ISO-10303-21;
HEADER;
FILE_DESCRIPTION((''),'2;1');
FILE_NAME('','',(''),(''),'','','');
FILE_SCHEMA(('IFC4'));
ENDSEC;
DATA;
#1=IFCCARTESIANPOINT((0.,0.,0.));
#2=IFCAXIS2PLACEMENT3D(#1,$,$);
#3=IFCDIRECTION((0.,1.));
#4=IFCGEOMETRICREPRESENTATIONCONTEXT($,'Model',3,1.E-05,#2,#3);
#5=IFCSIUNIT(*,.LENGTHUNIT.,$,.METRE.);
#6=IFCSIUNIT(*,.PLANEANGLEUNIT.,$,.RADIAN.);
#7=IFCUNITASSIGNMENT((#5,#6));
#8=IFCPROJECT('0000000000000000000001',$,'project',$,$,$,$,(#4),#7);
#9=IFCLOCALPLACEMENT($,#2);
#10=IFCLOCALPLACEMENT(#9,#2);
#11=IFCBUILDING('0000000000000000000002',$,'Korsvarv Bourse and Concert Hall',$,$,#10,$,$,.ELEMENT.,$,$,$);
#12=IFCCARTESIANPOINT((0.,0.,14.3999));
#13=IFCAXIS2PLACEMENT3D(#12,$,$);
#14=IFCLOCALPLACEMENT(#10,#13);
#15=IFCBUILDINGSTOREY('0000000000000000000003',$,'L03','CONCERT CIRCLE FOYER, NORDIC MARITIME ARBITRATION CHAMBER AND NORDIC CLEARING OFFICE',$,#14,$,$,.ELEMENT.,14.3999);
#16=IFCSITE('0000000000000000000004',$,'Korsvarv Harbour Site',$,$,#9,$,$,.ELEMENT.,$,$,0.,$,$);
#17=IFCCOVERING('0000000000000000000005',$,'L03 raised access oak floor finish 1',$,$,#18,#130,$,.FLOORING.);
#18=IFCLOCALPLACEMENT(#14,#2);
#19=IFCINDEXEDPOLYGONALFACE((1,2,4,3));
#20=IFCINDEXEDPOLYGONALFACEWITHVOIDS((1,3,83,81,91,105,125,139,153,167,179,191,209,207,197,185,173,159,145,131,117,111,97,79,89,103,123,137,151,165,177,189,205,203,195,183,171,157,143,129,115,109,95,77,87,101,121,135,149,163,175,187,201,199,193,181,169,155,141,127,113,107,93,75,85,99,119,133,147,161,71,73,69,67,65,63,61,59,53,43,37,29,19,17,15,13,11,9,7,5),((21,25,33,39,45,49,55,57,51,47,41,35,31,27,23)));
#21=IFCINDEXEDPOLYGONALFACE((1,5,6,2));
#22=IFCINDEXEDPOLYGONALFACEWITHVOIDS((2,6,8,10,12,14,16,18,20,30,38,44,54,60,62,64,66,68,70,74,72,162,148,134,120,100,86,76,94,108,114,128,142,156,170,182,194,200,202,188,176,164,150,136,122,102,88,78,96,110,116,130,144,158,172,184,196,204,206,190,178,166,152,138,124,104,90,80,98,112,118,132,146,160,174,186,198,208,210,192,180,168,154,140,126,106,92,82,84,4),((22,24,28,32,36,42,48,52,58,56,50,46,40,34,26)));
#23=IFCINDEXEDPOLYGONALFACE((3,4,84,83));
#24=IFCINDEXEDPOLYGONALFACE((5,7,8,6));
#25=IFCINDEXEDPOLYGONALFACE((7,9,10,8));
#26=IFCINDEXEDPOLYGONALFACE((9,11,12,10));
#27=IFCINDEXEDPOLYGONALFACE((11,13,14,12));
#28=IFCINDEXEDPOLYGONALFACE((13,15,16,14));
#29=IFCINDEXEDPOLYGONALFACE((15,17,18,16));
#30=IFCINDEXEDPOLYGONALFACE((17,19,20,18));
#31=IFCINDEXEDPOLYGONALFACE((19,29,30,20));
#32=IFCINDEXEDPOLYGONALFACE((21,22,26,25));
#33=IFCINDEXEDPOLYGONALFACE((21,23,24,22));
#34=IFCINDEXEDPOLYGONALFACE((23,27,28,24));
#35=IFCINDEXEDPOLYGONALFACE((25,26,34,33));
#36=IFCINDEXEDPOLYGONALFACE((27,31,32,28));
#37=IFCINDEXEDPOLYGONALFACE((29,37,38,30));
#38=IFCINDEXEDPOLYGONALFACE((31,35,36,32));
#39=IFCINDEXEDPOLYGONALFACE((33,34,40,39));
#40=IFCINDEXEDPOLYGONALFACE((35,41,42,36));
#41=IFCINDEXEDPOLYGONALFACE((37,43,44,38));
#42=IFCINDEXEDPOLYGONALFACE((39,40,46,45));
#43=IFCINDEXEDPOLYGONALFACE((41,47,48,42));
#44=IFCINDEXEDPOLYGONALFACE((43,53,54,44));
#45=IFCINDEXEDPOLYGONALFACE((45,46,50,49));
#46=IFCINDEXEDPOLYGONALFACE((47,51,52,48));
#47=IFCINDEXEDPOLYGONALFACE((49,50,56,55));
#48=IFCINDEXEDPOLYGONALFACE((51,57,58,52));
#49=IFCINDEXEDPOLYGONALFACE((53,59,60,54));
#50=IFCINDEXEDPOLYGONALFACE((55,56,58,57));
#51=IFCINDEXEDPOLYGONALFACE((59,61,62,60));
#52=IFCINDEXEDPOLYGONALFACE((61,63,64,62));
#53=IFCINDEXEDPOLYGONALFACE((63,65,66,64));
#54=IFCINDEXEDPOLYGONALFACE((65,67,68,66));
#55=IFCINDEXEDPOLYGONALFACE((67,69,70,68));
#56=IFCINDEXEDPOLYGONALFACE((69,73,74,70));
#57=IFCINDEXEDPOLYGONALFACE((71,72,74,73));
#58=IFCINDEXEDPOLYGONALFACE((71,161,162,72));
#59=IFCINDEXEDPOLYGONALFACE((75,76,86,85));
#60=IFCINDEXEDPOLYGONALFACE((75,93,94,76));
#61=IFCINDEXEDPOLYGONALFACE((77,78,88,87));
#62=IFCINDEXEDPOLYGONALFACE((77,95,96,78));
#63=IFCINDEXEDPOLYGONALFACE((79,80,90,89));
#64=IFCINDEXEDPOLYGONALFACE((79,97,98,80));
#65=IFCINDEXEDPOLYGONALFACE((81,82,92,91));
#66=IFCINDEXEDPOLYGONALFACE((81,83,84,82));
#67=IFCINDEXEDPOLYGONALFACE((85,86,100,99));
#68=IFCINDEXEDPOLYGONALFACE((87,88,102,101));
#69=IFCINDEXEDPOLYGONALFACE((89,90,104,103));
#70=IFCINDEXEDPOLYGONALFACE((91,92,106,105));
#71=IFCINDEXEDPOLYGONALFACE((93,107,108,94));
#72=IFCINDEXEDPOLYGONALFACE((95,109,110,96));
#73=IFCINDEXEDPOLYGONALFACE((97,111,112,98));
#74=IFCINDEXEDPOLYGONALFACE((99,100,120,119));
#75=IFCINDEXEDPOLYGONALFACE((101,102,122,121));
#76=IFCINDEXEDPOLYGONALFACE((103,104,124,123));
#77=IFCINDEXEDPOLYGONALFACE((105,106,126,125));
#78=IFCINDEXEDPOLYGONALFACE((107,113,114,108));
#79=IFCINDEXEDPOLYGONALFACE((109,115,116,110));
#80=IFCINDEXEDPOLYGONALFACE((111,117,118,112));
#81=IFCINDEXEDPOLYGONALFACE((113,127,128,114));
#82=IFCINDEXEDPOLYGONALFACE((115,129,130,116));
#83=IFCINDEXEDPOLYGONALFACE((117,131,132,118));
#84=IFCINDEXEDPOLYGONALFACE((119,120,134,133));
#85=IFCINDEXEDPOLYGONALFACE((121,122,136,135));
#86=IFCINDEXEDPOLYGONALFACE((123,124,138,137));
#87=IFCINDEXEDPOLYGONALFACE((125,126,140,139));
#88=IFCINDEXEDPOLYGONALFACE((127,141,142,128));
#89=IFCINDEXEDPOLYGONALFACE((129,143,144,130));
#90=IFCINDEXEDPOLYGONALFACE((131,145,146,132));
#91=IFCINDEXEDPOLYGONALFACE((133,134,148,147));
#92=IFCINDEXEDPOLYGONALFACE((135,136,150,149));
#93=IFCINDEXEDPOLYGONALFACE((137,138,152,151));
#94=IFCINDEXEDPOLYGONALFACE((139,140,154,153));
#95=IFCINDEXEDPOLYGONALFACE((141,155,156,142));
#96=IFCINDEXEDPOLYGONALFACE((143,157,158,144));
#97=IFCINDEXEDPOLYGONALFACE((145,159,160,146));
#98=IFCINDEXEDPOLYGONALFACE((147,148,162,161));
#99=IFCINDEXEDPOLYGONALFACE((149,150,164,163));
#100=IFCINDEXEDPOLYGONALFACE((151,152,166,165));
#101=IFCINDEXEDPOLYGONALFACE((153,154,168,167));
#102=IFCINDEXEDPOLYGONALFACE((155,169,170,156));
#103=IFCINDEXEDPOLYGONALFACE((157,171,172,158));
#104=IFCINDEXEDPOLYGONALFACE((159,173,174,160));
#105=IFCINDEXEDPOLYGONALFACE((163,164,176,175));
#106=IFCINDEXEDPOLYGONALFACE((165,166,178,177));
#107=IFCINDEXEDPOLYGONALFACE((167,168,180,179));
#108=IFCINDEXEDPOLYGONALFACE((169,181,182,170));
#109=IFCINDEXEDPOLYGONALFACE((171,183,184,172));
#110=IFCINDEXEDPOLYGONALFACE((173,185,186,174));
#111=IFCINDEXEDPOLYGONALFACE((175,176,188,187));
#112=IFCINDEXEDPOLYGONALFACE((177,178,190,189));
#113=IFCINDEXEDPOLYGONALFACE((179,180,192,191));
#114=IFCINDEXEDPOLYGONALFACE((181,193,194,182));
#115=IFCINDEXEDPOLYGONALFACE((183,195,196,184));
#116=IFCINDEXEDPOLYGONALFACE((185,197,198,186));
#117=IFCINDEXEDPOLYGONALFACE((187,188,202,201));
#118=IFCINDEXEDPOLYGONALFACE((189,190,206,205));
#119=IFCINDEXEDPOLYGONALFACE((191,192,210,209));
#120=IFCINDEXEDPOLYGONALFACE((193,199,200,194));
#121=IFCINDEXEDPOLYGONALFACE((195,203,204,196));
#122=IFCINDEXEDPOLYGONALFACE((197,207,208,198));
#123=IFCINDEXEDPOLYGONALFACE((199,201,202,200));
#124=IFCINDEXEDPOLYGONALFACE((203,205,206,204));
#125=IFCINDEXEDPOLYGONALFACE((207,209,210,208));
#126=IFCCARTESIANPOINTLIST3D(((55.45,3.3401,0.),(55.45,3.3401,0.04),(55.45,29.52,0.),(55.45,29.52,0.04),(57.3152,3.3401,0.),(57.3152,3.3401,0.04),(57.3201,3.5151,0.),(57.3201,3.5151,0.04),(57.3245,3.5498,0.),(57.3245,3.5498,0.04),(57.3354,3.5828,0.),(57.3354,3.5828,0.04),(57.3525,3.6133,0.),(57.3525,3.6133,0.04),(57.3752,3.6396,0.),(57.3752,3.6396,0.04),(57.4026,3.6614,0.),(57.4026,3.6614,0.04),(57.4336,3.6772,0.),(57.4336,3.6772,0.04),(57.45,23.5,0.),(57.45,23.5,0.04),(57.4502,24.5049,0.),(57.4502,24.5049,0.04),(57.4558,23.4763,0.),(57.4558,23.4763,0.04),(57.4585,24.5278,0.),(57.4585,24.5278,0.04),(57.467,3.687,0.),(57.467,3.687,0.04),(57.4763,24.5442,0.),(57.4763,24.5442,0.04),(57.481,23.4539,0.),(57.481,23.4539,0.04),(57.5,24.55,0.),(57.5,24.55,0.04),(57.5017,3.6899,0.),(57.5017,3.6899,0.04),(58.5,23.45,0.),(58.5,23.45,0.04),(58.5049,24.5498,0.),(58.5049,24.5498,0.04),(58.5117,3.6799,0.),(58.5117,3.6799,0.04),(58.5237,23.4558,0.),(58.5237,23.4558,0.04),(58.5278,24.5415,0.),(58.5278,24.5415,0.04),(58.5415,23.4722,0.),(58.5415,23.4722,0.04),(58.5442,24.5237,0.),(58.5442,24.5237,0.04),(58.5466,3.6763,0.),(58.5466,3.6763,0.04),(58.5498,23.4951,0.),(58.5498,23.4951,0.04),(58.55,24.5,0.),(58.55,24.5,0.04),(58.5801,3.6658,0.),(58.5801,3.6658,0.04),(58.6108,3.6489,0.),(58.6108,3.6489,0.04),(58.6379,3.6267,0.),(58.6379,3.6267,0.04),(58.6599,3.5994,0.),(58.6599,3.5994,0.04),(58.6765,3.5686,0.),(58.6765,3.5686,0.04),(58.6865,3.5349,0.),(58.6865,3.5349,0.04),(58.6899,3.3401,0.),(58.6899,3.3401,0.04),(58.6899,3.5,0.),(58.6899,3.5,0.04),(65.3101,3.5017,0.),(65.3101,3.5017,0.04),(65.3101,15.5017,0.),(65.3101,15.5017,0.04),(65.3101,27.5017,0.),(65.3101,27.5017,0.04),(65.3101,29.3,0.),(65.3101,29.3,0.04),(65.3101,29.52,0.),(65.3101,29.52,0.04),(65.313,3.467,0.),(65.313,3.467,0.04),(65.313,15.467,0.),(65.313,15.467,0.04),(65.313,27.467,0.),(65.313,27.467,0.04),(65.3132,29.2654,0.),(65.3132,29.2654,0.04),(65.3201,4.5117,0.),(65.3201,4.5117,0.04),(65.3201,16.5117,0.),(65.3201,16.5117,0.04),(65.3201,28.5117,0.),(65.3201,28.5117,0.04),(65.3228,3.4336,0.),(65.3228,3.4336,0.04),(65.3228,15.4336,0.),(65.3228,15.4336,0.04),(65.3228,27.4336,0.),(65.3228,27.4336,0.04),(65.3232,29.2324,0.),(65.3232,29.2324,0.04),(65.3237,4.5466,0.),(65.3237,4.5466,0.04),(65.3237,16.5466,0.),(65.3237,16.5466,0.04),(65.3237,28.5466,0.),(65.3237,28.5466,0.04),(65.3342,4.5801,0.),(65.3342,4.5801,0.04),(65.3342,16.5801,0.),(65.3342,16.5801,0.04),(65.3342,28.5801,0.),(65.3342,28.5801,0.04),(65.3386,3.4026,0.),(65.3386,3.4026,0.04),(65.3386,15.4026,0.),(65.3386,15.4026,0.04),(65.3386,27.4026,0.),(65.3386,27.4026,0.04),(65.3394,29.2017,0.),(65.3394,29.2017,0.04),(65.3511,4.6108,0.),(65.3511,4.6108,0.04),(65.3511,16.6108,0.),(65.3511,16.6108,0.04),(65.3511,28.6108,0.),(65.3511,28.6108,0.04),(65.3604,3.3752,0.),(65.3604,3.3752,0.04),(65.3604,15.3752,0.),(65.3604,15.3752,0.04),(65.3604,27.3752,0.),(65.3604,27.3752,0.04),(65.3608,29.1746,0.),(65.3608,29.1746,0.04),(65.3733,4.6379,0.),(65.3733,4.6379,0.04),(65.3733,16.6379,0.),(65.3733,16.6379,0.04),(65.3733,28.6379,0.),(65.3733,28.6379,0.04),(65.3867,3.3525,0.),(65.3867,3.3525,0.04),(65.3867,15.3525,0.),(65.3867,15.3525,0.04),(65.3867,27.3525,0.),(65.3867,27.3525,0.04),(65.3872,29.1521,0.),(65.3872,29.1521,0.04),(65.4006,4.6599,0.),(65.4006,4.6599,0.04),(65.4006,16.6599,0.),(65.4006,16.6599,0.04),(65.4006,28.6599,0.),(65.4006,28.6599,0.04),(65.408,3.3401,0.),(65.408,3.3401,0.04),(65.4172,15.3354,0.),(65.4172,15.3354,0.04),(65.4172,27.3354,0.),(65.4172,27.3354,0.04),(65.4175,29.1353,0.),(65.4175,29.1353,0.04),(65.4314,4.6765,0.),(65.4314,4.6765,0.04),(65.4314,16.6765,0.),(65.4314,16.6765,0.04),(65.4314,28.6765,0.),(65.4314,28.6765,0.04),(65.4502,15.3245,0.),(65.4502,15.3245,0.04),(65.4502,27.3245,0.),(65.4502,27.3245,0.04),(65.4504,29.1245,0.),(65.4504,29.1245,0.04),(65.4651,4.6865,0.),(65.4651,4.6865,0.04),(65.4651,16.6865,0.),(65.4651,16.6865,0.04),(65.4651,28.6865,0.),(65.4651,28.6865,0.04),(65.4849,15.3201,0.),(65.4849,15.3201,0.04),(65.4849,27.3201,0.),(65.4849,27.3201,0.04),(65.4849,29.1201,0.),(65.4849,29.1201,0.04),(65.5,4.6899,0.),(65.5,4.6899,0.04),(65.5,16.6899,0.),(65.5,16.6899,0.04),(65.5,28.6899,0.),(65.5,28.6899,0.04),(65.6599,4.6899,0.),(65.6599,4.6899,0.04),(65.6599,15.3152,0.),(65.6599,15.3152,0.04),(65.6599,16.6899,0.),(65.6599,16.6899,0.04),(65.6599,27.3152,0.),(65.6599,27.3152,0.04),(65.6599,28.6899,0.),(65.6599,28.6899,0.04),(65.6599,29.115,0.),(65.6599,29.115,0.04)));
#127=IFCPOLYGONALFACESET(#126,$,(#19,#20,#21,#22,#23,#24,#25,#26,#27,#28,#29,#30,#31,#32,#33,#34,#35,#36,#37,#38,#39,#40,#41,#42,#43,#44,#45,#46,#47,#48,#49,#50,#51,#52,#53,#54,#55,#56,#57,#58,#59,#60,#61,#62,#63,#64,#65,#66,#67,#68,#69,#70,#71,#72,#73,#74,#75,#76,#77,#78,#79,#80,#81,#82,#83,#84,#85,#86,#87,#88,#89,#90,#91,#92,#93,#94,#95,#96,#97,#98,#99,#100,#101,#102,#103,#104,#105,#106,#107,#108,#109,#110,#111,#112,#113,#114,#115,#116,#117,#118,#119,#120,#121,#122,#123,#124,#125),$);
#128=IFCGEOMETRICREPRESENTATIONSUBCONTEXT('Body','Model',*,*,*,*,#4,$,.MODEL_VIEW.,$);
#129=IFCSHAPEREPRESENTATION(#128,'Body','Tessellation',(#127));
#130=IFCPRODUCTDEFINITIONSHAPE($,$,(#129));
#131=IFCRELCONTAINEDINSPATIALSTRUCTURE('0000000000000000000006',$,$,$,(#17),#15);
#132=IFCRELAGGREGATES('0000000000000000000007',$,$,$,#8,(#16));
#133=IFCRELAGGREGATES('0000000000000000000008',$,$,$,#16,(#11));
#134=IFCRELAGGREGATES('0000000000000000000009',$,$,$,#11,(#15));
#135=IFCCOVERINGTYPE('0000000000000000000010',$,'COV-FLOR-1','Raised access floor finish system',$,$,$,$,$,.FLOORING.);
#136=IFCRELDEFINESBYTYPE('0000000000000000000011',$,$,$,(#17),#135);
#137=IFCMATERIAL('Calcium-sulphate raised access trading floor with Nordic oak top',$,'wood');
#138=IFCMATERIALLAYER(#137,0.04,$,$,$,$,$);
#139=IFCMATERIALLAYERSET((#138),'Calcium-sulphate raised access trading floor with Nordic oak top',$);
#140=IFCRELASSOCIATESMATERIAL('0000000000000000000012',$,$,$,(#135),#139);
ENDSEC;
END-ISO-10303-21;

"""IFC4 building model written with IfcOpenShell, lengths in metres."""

from ifc_helpers import new_model, si_unit, direction, frame, origin, place, context, subcontext, project, spatial, polyline, outline, extrude, material, layer, layer_set, type_object, element, save


model = new_model("IFC4")

# Units and contexts
model_context = context("Model", 3, precision=1e-05, world=origin(), true_north=direction((0.0, 1.0)))
body_context = subcontext(model_context, "Body", "Model", "MODEL_VIEW")
ifc_project = project(units=[si_unit("LENGTHUNIT", "METRE"), si_unit("PLANEANGLEUNIT", "RADIAN")], contexts=[model_context])

# Site, building, storey
site_placement = place(None, origin())
site = spatial("IfcSite", under=ifc_project, at=site_placement, Name="Korsvarv Harbour Site", CompositionType="ELEMENT", RefElevation=0.0)
building_placement = place(site_placement, origin())
building = spatial("IfcBuilding", under=site, at=building_placement, Name="Korsvarv Bourse and Concert Hall", CompositionType="ELEMENT")
storey_placement = place(building_placement, frame((0.0, 0.0, 14.3999)))
storey = spatial("IfcBuildingStorey", under=building, at=storey_placement, Name="L03", Description="CONCERT CIRCLE FOYER, NORDIC MARITIME ARBITRATION CHAMBER AND NORDIC CLEARING OFFICE", CompositionType="ELEMENT", Elevation=14.3999)

# Covering
ifc_material_1 = material(Name="Calcium-sulphate raised access trading floor with Nordic oak top", Category="wood")
ifc_layer_1 = layer(ifc_material_1, 0.04)
ifc_layer_set_1 = layer_set([ifc_layer_1], Name="Calcium-sulphate raised access trading floor with Nordic oak top")
covering_type_1 = type_object("IfcCoveringType", Name="COV-FLOR-1", Description="Raised access floor finish system", PredefinedType="FLOORING", material=ifc_layer_set_1)
covering_1_placement = place(storey_placement, origin())
element("IfcCovering", 1, at=covering_1_placement, inside=storey, type_object=covering_type_1, Name="L03 raised access oak floor finish 1", PredefinedType="FLOORING", context=body_context, shape_type="SweptSolid", body=[
    extrude(outline(polyline([(58.6899, 3.3401), (58.6899, 3.5), (58.6865, 3.5349), (58.6765, 3.5686), (58.6599, 3.5994), (58.6379, 3.6267), (58.6108, 3.6489), (58.5801, 3.6658), (58.5466, 3.6763), (58.5117, 3.6799), (57.5017, 3.6899), (57.467, 3.687), (57.4336, 3.6772), (57.4026, 3.6614), (57.3752, 3.6396), (57.3525, 3.6133), (57.3354, 3.5828), (57.3245, 3.5498), (57.3201, 3.5151), (57.3152, 3.3401), (55.45, 3.3401), (55.45, 29.52), (65.3101, 29.52), (65.3101, 29.3), (65.3132, 29.2654), (65.3232, 29.2324), (65.3394, 29.2017), (65.3608, 29.1746), (65.3872, 29.1521), (65.4175, 29.1353), (65.4504, 29.1245), (65.4849, 29.1201), (65.6599, 29.115), (65.6599, 28.6899), (65.5, 28.6899), (65.4651, 28.6865), (65.4314, 28.6765), (65.4006, 28.6599), (65.3733, 28.6379), (65.3511, 28.6108), (65.3342, 28.5801), (65.3237, 28.5466), (65.3201, 28.5117), (65.3101, 27.5017), (65.313, 27.467), (65.3228, 27.4336), (65.3386, 27.4026), (65.3604, 27.3752), (65.3867, 27.3525), (65.4172, 27.3354), (65.4502, 27.3245), (65.4849, 27.3201), (65.6599, 27.3152), (65.6599, 16.6899), (65.5, 16.6899), (65.4651, 16.6865), (65.4314, 16.6765), (65.4006, 16.6599), (65.3733, 16.6379), (65.3511, 16.6108), (65.3342, 16.5801), (65.3237, 16.5466), (65.3201, 16.5117), (65.3101, 15.5017), (65.313, 15.467), (65.3228, 15.4336), (65.3386, 15.4026), (65.3604, 15.3752), (65.3867, 15.3525), (65.4172, 15.3354), (65.4502, 15.3245), (65.4849, 15.3201), (65.6599, 15.3152), (65.6599, 4.6899), (65.5, 4.6899), (65.4651, 4.6865), (65.4314, 4.6765), (65.4006, 4.6599), (65.3733, 4.6379), (65.3511, 4.6108), (65.3342, 4.5801), (65.3237, 4.5466), (65.3201, 4.5117), (65.3101, 3.5017), (65.313, 3.467), (65.3228, 3.4336), (65.3386, 3.4026), (65.3604, 3.3752), (65.3867, 3.3525), (65.408, 3.3401), (58.6899, 3.3401)]), holes=[polyline([(57.481, 23.4539), (58.5, 23.45), (58.5237, 23.4558), (58.5415, 23.4722), (58.5498, 23.4951), (58.55, 24.5), (58.5442, 24.5237), (58.5278, 24.5415), (58.5049, 24.5498), (57.5, 24.55), (57.4763, 24.5442), (57.4585, 24.5278), (57.4502, 24.5049), (57.45, 23.5), (57.4558, 23.4763), (57.481, 23.4539)])]), origin(), (0.0, 0.0, 1.0), 0.04),
])

save(model, "model.ifc")
